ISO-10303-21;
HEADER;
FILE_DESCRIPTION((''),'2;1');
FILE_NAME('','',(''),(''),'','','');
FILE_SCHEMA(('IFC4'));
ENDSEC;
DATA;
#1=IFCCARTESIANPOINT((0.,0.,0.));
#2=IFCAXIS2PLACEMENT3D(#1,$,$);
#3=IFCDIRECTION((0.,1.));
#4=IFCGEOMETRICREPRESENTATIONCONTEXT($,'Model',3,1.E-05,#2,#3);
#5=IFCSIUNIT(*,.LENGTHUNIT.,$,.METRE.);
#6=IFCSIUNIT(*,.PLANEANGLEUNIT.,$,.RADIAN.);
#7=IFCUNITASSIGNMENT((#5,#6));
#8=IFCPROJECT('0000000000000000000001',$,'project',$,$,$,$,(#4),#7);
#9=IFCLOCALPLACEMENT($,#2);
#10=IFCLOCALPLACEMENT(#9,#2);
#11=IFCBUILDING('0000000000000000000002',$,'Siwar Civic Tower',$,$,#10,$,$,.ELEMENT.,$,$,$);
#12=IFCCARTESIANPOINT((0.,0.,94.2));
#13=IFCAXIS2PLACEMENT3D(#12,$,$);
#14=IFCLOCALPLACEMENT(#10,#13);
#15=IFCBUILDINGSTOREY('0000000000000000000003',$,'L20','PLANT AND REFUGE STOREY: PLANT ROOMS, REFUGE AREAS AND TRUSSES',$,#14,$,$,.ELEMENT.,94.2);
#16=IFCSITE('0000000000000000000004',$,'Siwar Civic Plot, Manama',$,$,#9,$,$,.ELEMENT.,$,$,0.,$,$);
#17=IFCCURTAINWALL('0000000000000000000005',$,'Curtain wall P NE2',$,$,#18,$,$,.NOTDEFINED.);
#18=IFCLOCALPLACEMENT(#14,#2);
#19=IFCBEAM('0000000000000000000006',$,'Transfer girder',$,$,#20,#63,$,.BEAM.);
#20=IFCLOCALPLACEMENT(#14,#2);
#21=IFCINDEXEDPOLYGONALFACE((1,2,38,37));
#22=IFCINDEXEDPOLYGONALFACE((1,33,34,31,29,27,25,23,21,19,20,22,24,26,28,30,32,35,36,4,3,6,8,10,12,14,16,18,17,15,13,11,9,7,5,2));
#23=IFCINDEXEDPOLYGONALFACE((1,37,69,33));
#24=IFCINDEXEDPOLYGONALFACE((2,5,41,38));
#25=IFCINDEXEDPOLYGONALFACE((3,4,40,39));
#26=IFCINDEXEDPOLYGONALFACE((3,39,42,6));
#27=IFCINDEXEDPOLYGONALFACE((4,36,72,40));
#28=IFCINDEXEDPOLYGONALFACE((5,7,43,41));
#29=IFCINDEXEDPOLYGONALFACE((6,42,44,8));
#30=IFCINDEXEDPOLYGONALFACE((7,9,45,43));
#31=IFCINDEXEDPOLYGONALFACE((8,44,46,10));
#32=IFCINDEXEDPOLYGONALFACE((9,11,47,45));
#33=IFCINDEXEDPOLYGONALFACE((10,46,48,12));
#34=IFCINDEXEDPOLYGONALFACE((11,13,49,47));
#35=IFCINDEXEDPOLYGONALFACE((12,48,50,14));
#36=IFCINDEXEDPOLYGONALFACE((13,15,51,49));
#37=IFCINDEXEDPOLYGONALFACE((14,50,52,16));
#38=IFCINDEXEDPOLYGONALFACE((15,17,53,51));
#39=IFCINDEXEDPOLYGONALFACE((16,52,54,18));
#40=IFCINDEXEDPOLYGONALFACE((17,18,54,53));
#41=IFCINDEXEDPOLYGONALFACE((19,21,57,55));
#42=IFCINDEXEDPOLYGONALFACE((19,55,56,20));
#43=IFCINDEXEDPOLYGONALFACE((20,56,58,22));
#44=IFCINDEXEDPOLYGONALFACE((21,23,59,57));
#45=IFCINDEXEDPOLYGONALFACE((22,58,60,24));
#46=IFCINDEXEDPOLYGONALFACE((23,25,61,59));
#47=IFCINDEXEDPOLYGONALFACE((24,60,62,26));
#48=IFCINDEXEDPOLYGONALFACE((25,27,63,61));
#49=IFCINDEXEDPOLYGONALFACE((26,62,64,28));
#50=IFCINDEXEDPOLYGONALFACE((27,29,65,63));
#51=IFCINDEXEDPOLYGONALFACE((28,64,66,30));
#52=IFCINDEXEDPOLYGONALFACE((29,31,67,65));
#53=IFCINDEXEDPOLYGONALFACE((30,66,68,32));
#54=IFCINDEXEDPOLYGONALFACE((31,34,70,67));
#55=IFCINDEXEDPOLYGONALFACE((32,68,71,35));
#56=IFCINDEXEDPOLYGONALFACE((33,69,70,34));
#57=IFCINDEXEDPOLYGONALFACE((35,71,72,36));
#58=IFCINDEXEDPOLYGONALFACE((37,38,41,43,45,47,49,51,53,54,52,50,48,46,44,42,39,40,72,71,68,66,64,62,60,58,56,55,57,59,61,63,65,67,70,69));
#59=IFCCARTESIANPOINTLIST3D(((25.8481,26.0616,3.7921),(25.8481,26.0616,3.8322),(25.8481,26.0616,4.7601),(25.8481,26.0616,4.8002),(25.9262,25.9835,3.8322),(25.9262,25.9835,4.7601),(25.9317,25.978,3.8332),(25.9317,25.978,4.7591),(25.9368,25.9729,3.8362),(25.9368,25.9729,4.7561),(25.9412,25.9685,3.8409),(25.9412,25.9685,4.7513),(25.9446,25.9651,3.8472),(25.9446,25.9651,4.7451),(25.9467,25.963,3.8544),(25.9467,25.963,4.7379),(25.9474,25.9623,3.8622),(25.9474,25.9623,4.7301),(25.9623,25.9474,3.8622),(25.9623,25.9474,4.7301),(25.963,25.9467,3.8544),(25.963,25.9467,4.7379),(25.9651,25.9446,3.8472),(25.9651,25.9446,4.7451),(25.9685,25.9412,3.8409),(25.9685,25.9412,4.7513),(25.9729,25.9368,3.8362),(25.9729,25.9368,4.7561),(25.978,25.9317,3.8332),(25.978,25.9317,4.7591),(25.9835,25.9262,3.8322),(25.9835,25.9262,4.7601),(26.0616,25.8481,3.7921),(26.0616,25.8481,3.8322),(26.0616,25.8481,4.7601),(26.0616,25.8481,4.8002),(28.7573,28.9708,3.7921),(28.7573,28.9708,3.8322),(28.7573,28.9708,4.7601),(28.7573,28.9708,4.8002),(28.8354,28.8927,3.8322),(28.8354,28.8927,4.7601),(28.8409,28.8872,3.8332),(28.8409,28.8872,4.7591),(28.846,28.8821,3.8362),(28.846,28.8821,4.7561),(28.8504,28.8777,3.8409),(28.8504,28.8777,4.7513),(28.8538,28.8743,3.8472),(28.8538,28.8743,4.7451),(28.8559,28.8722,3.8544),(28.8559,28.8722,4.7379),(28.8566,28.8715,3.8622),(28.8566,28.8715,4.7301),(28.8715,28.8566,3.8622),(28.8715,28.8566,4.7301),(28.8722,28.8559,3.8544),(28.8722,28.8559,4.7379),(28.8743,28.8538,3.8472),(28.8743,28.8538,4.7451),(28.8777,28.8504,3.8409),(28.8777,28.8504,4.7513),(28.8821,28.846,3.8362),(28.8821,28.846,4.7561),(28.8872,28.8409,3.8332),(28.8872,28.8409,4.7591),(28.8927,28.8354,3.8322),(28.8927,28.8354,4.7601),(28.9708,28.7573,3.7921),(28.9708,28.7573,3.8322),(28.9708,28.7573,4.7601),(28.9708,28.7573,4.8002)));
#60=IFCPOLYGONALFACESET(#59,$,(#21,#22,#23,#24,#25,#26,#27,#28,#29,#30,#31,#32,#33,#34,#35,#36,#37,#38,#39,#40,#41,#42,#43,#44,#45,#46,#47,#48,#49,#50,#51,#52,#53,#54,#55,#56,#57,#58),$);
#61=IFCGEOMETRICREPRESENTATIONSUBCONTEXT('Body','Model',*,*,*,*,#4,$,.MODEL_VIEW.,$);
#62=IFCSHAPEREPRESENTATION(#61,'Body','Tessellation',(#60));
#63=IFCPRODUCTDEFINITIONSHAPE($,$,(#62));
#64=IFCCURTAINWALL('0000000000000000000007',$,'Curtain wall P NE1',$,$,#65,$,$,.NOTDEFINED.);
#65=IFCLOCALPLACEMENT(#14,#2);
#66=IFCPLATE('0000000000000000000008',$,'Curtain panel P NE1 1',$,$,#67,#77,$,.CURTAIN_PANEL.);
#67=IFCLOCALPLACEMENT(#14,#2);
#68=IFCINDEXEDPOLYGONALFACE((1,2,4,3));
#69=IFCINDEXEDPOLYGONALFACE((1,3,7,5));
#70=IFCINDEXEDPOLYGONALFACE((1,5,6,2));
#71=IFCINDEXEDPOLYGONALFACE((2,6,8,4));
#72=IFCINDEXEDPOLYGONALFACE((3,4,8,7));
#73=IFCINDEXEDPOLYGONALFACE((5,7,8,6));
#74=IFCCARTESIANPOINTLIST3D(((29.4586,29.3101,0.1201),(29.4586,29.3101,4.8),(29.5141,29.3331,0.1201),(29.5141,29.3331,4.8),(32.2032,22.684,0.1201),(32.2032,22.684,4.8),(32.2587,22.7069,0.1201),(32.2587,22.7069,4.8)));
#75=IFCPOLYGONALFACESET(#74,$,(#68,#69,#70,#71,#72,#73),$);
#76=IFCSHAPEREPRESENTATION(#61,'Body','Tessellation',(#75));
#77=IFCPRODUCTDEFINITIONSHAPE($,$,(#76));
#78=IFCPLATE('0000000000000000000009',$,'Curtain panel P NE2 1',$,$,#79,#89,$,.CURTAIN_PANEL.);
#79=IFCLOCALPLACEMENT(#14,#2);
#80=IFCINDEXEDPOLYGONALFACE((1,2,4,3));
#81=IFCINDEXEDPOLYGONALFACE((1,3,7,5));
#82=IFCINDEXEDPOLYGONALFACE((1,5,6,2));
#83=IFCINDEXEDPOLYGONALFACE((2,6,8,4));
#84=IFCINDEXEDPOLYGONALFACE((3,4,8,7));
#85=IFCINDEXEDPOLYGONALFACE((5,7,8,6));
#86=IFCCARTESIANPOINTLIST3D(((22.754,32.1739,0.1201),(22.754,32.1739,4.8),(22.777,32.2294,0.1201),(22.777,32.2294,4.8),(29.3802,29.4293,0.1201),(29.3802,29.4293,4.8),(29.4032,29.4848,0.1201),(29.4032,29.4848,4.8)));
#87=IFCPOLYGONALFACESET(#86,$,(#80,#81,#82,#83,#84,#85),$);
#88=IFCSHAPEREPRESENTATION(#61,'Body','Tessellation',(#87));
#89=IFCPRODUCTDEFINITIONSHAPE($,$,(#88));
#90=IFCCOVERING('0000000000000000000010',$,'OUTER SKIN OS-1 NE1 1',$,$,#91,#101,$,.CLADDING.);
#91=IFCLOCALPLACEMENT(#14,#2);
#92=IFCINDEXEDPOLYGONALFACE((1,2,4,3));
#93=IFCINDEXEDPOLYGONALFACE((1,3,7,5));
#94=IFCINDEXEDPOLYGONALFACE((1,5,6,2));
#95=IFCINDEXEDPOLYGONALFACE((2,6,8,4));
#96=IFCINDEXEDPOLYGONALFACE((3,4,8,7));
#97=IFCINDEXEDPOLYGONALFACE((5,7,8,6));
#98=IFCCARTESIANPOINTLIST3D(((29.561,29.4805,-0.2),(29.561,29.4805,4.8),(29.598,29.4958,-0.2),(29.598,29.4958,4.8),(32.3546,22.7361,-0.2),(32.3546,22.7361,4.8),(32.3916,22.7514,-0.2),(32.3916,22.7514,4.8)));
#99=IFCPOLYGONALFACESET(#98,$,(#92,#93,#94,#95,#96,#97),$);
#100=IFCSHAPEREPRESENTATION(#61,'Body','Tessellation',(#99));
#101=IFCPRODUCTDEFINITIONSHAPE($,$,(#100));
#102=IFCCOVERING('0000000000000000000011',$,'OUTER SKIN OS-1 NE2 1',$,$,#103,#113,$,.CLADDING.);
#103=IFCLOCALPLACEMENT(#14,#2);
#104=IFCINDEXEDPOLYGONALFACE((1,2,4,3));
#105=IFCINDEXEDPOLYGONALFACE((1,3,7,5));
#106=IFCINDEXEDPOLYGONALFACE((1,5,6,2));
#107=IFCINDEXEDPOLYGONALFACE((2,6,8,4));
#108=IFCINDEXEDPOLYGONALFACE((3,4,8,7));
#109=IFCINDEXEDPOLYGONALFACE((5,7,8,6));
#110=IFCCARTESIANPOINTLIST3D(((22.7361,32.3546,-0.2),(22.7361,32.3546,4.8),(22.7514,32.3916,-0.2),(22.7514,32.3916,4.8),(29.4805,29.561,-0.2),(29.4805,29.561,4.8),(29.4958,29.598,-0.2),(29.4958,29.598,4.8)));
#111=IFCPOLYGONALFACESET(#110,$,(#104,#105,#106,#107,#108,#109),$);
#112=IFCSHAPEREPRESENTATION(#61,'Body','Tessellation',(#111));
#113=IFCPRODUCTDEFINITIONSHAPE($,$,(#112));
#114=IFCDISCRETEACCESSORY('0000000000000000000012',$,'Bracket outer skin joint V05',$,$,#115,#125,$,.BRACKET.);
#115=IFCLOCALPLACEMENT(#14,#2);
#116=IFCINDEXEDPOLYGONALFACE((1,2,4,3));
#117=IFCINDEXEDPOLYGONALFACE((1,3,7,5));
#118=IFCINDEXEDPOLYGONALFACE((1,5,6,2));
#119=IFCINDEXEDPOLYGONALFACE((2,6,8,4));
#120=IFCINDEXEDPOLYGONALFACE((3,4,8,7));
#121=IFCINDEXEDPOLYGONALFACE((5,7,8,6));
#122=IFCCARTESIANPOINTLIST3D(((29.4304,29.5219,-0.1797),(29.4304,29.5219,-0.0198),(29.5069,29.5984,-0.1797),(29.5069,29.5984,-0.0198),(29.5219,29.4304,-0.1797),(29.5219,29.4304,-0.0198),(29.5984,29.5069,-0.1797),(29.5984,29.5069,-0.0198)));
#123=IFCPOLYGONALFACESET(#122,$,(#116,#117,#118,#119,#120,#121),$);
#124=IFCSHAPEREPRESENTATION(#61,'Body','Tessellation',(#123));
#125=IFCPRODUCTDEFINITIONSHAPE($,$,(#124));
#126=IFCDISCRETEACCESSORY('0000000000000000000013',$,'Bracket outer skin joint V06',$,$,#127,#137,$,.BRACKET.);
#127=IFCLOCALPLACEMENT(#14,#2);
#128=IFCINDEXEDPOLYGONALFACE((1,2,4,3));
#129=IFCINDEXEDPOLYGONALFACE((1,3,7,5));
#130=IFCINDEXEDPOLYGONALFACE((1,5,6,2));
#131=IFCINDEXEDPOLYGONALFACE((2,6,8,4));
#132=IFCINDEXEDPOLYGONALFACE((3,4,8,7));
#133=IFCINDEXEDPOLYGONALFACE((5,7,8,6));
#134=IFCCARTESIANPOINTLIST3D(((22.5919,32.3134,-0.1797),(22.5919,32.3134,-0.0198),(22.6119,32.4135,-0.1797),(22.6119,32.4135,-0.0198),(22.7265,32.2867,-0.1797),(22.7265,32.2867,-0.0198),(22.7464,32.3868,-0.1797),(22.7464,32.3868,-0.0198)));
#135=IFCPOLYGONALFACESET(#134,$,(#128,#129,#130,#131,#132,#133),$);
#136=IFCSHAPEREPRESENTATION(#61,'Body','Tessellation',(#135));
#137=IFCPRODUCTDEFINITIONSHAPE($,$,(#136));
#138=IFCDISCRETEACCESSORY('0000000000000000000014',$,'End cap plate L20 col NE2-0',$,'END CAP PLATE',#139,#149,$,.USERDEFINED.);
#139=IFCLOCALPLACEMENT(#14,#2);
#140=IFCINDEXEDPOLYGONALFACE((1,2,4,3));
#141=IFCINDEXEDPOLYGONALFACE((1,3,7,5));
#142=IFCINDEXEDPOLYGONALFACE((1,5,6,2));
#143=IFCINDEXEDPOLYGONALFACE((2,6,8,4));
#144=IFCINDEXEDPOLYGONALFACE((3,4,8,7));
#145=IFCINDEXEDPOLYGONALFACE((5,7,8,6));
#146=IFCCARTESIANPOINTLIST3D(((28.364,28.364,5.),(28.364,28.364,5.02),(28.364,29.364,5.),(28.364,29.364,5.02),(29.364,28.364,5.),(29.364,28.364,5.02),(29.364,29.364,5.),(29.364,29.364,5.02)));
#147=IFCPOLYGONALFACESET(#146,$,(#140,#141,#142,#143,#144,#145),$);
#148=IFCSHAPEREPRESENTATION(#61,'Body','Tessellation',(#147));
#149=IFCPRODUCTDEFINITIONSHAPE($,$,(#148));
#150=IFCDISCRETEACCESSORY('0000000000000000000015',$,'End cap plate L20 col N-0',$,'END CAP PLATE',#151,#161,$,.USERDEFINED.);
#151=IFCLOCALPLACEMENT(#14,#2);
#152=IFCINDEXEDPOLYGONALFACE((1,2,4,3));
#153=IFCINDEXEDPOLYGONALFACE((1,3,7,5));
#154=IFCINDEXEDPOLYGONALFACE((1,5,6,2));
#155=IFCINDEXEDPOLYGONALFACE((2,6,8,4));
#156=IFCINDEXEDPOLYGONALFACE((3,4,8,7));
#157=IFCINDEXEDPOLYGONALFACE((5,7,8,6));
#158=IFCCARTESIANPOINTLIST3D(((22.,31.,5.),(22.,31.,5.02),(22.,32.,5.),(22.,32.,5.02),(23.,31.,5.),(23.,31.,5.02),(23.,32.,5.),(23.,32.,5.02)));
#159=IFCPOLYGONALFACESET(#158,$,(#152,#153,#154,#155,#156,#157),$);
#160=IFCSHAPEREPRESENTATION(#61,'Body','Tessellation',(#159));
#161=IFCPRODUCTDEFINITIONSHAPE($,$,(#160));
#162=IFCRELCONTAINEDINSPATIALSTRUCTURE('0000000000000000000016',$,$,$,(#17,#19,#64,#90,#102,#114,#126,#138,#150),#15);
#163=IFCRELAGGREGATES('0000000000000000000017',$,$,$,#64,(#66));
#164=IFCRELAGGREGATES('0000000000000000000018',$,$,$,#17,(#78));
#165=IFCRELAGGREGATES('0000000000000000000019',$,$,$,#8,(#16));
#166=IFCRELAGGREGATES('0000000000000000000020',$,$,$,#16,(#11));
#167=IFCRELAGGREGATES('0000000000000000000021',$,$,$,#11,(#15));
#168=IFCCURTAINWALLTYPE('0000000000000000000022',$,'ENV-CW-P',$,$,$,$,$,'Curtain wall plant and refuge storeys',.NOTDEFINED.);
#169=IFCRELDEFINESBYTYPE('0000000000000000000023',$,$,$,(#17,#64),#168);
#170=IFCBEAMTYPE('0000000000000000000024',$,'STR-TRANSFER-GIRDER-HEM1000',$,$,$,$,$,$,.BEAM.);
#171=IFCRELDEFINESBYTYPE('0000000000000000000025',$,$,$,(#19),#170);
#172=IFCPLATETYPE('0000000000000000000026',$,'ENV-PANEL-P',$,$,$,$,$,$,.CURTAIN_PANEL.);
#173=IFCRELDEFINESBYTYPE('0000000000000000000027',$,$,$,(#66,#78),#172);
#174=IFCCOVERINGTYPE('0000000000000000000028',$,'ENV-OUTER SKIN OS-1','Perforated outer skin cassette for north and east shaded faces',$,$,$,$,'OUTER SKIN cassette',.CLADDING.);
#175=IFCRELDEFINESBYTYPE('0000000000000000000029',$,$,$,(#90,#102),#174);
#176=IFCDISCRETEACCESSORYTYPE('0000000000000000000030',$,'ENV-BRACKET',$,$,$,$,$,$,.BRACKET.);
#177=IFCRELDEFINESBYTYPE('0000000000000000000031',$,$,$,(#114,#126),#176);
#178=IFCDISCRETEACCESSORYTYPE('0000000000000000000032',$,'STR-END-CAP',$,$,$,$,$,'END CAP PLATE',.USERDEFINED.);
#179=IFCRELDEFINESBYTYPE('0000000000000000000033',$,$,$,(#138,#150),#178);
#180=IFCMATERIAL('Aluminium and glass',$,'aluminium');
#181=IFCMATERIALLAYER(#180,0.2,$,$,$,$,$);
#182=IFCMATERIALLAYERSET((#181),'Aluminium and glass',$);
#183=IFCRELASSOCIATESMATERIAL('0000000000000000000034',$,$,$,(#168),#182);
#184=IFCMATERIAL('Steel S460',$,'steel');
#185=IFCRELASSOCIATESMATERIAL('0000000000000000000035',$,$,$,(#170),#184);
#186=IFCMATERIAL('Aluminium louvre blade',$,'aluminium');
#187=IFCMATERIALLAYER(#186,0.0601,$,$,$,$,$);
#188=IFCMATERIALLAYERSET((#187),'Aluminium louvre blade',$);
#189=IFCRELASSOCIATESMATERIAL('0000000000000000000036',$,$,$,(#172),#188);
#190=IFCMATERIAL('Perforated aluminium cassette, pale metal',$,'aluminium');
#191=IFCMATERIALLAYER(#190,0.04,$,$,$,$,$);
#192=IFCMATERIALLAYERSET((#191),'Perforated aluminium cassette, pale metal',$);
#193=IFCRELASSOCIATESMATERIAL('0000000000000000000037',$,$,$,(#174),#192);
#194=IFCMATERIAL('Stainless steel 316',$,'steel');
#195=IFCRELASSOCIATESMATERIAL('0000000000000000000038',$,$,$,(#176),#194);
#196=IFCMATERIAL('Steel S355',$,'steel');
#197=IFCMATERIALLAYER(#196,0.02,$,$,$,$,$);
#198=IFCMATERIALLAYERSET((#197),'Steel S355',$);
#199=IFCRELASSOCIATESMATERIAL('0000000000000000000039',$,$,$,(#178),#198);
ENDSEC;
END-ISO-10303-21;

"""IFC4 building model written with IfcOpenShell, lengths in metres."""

from ifc_helpers import new_model, si_unit, direction, frame, origin, origin_2d, place, context, subcontext, project, spatial, rectangle, i_section, extrude, material, layer, layer_set, material_profile, profile_set, type_object, element, aggregate, save


model = new_model("IFC4")

# Units and contexts
model_context = context("Model", 3, precision=1e-05, world=origin(), true_north=direction((0.0, 1.0)))
body_context = subcontext(model_context, "Body", "Model", "MODEL_VIEW")
ifc_project = project(units=[si_unit("LENGTHUNIT", "METRE"), si_unit("PLANEANGLEUNIT", "RADIAN")], contexts=[model_context])

# Site, building, storey
site_placement = place(None, origin())
site = spatial("IfcSite", under=ifc_project, at=site_placement, Name="Siwar Civic Plot, Manama", CompositionType="ELEMENT", RefElevation=0.0)
building_placement = place(site_placement, origin())
building = spatial("IfcBuilding", under=site, at=building_placement, Name="Siwar Civic Tower", CompositionType="ELEMENT")
storey_placement = place(building_placement, frame((0.0, 0.0, 94.2)))
storey = spatial("IfcBuildingStorey", under=building, at=storey_placement, Name="L20", Description="PLANT AND REFUGE STOREY: PLANT ROOMS, REFUGE AREAS AND TRUSSES", CompositionType="ELEMENT", Elevation=94.2)

# Curtain wall
ifc_material_1 = material(Name="Aluminium and glass", Category="aluminium")
ifc_layer_1 = layer(ifc_material_1, 0.2)
ifc_layer_set_1 = layer_set([ifc_layer_1], Name="Aluminium and glass")
curtain_wall_type = type_object("IfcCurtainWallType", Name="ENV-CW-P", ElementType="Curtain wall plant and refuge storeys", PredefinedType="NOTDEFINED", material=ifc_layer_set_1)
curtain_wall_1_placement = place(storey_placement, origin())
curtain_wall_1 = element("IfcCurtainWall", 1, at=curtain_wall_1_placement, inside=storey, type_object=curtain_wall_type, Name="Curtain wall P NE2", PredefinedType="NOTDEFINED")

# Beam
ifc_material_2 = material(Name="Steel S460", Category="steel")
ifc_material_profile_1 = material_profile(ifc_material_2, i_section(OverallWidth=0.302, OverallDepth=1.0081, WebThickness=0.021, FlangeThickness=0.04, FilletRadius=0.03, at=origin_2d()), Name="HEM1000")
ifc_profile_set_1 = profile_set([ifc_material_profile_1], Name="Steel S460")
beam_type_1 = type_object("IfcBeamType", Name="STR-TRANSFER-GIRDER-HEM1000", PredefinedType="BEAM", material=ifc_profile_set_1)
beam_1_placement = place(storey_placement, frame((25.9548, 25.9548, 4.2961), z_axis=(0.707107, 0.707107, 0.0), x_axis=(-0.707107, 0.707107, 0.0)))
element("IfcBeam", 2, at=beam_1_placement, inside=storey, type_object=beam_type_1, Name="Transfer girder", PredefinedType="BEAM", context=body_context, shape_type="SweptSolid", body=[
    extrude(i_section(OverallWidth=0.302, OverallDepth=1.0081, WebThickness=0.021, FlangeThickness=0.04, FilletRadius=0.03, at=origin_2d()), origin(), (0.0, 0.0, 1.0), 4.1143),
])

# Curtain wall, plate
curtain_wall_2_placement = place(storey_placement, origin())
curtain_wall_2 = element("IfcCurtainWall", 3, at=curtain_wall_2_placement, inside=storey, type_object=curtain_wall_type, Name="Curtain wall P NE1", PredefinedType="NOTDEFINED")
ifc_material_3 = material(Name="Aluminium louvre blade", Category="aluminium")
ifc_layer_2 = layer(ifc_material_3, 0.0601)
ifc_layer_set_2 = layer_set([ifc_layer_2], Name="Aluminium louvre blade")
plate_type = type_object("IfcPlateType", Name="ENV-PANEL-P", PredefinedType="CURTAIN_PANEL", material=ifc_layer_set_2)
plate_1_placement = place(storey_placement, frame((30.8586, 26.0085, 0.1201), z_axis=(0.0, 0.0, 1.0), x_axis=(-0.382683, 0.92388, 0.0)))
plate_1 = element("IfcPlate", 4, at=plate_1_placement, type_object=plate_type, Name="Curtain panel P NE1 1", PredefinedType="CURTAIN_PANEL", context=body_context, shape_type="SweptSolid", body=[
    extrude(rectangle(XDim=7.1721, YDim=0.0601, at=origin_2d()), origin(), (0.0, 0.0, 1.0), 4.6799),
])
aggregate(curtain_wall_2, [plate_1])

# Plate
plate_2_placement = place(storey_placement, frame((26.0786, 30.8293, 0.1201), z_axis=(0.0, 0.0, 1.0), x_axis=(-0.92388, 0.382683, 0.0)))
plate_2 = element("IfcPlate", 5, at=plate_2_placement, type_object=plate_type, Name="Curtain panel P NE2 1", PredefinedType="CURTAIN_PANEL", context=body_context, shape_type="SweptSolid", body=[
    extrude(rectangle(XDim=7.1721, YDim=0.0601, at=origin_2d()), origin(), (0.0, 0.0, 1.0), 4.6799),
])
aggregate(curtain_wall_1, [plate_2])

# Coverings
ifc_material_4 = material(Name="Perforated aluminium cassette, pale metal", Category="aluminium")
ifc_layer_3 = layer(ifc_material_4, 0.04)
ifc_layer_set_3 = layer_set([ifc_layer_3], Name="Perforated aluminium cassette, pale metal")
covering_type = type_object("IfcCoveringType", Name="ENV-OUTER SKIN OS-1", Description="Perforated outer skin cassette for north and east shaded faces", ElementType="OUTER SKIN cassette", PredefinedType="CLADDING", material=ifc_layer_set_3)
for number, where, z_axis, x_axis, name in (
    (6, (30.9763, 26.116, -0.2), (0.0, 0.0, 1.0), (-0.382683, 0.92388, 0.0), "OUTER SKIN OS-1 NE1 1"),
    (7, (26.116, 30.9763, -0.2), (0.0, 0.0, 1.0), (-0.92388, 0.382683, 0.0), "OUTER SKIN OS-1 NE2 1"),
):
    element("IfcCovering", number, at=place(storey_placement, frame(where, z_axis=z_axis, x_axis=x_axis)), inside=storey, type_object=covering_type, Name=name, PredefinedType="CLADDING", context=body_context, shape_type="SweptSolid", body=[
        extrude(rectangle(XDim=7.3, YDim=0.04, at=origin_2d()), origin(), (0.0, 0.0, 1.0), 5.0),
    ])

# Discrete accessories
ifc_material_5 = material(Name="Stainless steel 316", Category="steel")
discrete_accessory_type_1 = type_object("IfcDiscreteAccessoryType", Name="ENV-BRACKET", PredefinedType="BRACKET", material=ifc_material_5)
discrete_accessory_1_placement = place(storey_placement, frame((29.5144, 29.5144, -0.1797), z_axis=(0.0, 0.0, 1.0), x_axis=(0.707107, 0.707107, 0.0)))
element("IfcDiscreteAccessory", 8, at=discrete_accessory_1_placement, inside=storey, type_object=discrete_accessory_type_1, Name="Bracket outer skin joint V05", PredefinedType="BRACKET", context=body_context, shape_type="SweptSolid", body=[
    extrude(rectangle(XDim=0.1082, YDim=0.1294, at=origin_2d()), origin(), (0.0, 0.0, 1.0), 0.1599),
])
discrete_accessory_2_placement = place(storey_placement, frame((22.6692, 32.3501, -0.1797), z_axis=(0.0, 0.0, 1.0), x_axis=(0.19509, 0.980785, 0.0)))
element("IfcDiscreteAccessory", 9, at=discrete_accessory_2_placement, inside=storey, type_object=discrete_accessory_type_1, Name="Bracket outer skin joint V06", PredefinedType="BRACKET", context=body_context, shape_type="SweptSolid", body=[
    extrude(rectangle(XDim=0.1021, YDim=0.1372, at=origin_2d()), origin(), (0.0, 0.0, 1.0), 0.1599),
])
ifc_material_6 = material(Name="Steel S355", Category="steel")
ifc_layer_4 = layer(ifc_material_6, 0.02)
ifc_layer_set_4 = layer_set([ifc_layer_4], Name="Steel S355")
discrete_accessory_type_2 = type_object("IfcDiscreteAccessoryType", Name="STR-END-CAP", ElementType="END CAP PLATE", PredefinedType="USERDEFINED", material=ifc_layer_set_4)
for number, where, z_axis, x_axis, name in (
    (10, (28.864, 28.864, 5.0), (0.0, 0.0, 1.0), (1.0, 0.0, 0.0), "End cap plate L20 col NE2-0"),
    (11, (22.5, 31.5, 5.0), (0.0, 0.0, 1.0), (1.0, 0.0, 0.0), "End cap plate L20 col N-0"),
):
    element("IfcDiscreteAccessory", number, at=place(storey_placement, frame(where, z_axis=z_axis, x_axis=x_axis)), inside=storey, type_object=discrete_accessory_type_2, Name=name, ObjectType="END CAP PLATE", PredefinedType="USERDEFINED", context=body_context, shape_type="SweptSolid", body=[
        extrude(rectangle(XDim=1.0, YDim=1.0, at=origin_2d()), origin(), (0.0, 0.0, 1.0), 0.02),
    ])

save(model, "model.ifc")
